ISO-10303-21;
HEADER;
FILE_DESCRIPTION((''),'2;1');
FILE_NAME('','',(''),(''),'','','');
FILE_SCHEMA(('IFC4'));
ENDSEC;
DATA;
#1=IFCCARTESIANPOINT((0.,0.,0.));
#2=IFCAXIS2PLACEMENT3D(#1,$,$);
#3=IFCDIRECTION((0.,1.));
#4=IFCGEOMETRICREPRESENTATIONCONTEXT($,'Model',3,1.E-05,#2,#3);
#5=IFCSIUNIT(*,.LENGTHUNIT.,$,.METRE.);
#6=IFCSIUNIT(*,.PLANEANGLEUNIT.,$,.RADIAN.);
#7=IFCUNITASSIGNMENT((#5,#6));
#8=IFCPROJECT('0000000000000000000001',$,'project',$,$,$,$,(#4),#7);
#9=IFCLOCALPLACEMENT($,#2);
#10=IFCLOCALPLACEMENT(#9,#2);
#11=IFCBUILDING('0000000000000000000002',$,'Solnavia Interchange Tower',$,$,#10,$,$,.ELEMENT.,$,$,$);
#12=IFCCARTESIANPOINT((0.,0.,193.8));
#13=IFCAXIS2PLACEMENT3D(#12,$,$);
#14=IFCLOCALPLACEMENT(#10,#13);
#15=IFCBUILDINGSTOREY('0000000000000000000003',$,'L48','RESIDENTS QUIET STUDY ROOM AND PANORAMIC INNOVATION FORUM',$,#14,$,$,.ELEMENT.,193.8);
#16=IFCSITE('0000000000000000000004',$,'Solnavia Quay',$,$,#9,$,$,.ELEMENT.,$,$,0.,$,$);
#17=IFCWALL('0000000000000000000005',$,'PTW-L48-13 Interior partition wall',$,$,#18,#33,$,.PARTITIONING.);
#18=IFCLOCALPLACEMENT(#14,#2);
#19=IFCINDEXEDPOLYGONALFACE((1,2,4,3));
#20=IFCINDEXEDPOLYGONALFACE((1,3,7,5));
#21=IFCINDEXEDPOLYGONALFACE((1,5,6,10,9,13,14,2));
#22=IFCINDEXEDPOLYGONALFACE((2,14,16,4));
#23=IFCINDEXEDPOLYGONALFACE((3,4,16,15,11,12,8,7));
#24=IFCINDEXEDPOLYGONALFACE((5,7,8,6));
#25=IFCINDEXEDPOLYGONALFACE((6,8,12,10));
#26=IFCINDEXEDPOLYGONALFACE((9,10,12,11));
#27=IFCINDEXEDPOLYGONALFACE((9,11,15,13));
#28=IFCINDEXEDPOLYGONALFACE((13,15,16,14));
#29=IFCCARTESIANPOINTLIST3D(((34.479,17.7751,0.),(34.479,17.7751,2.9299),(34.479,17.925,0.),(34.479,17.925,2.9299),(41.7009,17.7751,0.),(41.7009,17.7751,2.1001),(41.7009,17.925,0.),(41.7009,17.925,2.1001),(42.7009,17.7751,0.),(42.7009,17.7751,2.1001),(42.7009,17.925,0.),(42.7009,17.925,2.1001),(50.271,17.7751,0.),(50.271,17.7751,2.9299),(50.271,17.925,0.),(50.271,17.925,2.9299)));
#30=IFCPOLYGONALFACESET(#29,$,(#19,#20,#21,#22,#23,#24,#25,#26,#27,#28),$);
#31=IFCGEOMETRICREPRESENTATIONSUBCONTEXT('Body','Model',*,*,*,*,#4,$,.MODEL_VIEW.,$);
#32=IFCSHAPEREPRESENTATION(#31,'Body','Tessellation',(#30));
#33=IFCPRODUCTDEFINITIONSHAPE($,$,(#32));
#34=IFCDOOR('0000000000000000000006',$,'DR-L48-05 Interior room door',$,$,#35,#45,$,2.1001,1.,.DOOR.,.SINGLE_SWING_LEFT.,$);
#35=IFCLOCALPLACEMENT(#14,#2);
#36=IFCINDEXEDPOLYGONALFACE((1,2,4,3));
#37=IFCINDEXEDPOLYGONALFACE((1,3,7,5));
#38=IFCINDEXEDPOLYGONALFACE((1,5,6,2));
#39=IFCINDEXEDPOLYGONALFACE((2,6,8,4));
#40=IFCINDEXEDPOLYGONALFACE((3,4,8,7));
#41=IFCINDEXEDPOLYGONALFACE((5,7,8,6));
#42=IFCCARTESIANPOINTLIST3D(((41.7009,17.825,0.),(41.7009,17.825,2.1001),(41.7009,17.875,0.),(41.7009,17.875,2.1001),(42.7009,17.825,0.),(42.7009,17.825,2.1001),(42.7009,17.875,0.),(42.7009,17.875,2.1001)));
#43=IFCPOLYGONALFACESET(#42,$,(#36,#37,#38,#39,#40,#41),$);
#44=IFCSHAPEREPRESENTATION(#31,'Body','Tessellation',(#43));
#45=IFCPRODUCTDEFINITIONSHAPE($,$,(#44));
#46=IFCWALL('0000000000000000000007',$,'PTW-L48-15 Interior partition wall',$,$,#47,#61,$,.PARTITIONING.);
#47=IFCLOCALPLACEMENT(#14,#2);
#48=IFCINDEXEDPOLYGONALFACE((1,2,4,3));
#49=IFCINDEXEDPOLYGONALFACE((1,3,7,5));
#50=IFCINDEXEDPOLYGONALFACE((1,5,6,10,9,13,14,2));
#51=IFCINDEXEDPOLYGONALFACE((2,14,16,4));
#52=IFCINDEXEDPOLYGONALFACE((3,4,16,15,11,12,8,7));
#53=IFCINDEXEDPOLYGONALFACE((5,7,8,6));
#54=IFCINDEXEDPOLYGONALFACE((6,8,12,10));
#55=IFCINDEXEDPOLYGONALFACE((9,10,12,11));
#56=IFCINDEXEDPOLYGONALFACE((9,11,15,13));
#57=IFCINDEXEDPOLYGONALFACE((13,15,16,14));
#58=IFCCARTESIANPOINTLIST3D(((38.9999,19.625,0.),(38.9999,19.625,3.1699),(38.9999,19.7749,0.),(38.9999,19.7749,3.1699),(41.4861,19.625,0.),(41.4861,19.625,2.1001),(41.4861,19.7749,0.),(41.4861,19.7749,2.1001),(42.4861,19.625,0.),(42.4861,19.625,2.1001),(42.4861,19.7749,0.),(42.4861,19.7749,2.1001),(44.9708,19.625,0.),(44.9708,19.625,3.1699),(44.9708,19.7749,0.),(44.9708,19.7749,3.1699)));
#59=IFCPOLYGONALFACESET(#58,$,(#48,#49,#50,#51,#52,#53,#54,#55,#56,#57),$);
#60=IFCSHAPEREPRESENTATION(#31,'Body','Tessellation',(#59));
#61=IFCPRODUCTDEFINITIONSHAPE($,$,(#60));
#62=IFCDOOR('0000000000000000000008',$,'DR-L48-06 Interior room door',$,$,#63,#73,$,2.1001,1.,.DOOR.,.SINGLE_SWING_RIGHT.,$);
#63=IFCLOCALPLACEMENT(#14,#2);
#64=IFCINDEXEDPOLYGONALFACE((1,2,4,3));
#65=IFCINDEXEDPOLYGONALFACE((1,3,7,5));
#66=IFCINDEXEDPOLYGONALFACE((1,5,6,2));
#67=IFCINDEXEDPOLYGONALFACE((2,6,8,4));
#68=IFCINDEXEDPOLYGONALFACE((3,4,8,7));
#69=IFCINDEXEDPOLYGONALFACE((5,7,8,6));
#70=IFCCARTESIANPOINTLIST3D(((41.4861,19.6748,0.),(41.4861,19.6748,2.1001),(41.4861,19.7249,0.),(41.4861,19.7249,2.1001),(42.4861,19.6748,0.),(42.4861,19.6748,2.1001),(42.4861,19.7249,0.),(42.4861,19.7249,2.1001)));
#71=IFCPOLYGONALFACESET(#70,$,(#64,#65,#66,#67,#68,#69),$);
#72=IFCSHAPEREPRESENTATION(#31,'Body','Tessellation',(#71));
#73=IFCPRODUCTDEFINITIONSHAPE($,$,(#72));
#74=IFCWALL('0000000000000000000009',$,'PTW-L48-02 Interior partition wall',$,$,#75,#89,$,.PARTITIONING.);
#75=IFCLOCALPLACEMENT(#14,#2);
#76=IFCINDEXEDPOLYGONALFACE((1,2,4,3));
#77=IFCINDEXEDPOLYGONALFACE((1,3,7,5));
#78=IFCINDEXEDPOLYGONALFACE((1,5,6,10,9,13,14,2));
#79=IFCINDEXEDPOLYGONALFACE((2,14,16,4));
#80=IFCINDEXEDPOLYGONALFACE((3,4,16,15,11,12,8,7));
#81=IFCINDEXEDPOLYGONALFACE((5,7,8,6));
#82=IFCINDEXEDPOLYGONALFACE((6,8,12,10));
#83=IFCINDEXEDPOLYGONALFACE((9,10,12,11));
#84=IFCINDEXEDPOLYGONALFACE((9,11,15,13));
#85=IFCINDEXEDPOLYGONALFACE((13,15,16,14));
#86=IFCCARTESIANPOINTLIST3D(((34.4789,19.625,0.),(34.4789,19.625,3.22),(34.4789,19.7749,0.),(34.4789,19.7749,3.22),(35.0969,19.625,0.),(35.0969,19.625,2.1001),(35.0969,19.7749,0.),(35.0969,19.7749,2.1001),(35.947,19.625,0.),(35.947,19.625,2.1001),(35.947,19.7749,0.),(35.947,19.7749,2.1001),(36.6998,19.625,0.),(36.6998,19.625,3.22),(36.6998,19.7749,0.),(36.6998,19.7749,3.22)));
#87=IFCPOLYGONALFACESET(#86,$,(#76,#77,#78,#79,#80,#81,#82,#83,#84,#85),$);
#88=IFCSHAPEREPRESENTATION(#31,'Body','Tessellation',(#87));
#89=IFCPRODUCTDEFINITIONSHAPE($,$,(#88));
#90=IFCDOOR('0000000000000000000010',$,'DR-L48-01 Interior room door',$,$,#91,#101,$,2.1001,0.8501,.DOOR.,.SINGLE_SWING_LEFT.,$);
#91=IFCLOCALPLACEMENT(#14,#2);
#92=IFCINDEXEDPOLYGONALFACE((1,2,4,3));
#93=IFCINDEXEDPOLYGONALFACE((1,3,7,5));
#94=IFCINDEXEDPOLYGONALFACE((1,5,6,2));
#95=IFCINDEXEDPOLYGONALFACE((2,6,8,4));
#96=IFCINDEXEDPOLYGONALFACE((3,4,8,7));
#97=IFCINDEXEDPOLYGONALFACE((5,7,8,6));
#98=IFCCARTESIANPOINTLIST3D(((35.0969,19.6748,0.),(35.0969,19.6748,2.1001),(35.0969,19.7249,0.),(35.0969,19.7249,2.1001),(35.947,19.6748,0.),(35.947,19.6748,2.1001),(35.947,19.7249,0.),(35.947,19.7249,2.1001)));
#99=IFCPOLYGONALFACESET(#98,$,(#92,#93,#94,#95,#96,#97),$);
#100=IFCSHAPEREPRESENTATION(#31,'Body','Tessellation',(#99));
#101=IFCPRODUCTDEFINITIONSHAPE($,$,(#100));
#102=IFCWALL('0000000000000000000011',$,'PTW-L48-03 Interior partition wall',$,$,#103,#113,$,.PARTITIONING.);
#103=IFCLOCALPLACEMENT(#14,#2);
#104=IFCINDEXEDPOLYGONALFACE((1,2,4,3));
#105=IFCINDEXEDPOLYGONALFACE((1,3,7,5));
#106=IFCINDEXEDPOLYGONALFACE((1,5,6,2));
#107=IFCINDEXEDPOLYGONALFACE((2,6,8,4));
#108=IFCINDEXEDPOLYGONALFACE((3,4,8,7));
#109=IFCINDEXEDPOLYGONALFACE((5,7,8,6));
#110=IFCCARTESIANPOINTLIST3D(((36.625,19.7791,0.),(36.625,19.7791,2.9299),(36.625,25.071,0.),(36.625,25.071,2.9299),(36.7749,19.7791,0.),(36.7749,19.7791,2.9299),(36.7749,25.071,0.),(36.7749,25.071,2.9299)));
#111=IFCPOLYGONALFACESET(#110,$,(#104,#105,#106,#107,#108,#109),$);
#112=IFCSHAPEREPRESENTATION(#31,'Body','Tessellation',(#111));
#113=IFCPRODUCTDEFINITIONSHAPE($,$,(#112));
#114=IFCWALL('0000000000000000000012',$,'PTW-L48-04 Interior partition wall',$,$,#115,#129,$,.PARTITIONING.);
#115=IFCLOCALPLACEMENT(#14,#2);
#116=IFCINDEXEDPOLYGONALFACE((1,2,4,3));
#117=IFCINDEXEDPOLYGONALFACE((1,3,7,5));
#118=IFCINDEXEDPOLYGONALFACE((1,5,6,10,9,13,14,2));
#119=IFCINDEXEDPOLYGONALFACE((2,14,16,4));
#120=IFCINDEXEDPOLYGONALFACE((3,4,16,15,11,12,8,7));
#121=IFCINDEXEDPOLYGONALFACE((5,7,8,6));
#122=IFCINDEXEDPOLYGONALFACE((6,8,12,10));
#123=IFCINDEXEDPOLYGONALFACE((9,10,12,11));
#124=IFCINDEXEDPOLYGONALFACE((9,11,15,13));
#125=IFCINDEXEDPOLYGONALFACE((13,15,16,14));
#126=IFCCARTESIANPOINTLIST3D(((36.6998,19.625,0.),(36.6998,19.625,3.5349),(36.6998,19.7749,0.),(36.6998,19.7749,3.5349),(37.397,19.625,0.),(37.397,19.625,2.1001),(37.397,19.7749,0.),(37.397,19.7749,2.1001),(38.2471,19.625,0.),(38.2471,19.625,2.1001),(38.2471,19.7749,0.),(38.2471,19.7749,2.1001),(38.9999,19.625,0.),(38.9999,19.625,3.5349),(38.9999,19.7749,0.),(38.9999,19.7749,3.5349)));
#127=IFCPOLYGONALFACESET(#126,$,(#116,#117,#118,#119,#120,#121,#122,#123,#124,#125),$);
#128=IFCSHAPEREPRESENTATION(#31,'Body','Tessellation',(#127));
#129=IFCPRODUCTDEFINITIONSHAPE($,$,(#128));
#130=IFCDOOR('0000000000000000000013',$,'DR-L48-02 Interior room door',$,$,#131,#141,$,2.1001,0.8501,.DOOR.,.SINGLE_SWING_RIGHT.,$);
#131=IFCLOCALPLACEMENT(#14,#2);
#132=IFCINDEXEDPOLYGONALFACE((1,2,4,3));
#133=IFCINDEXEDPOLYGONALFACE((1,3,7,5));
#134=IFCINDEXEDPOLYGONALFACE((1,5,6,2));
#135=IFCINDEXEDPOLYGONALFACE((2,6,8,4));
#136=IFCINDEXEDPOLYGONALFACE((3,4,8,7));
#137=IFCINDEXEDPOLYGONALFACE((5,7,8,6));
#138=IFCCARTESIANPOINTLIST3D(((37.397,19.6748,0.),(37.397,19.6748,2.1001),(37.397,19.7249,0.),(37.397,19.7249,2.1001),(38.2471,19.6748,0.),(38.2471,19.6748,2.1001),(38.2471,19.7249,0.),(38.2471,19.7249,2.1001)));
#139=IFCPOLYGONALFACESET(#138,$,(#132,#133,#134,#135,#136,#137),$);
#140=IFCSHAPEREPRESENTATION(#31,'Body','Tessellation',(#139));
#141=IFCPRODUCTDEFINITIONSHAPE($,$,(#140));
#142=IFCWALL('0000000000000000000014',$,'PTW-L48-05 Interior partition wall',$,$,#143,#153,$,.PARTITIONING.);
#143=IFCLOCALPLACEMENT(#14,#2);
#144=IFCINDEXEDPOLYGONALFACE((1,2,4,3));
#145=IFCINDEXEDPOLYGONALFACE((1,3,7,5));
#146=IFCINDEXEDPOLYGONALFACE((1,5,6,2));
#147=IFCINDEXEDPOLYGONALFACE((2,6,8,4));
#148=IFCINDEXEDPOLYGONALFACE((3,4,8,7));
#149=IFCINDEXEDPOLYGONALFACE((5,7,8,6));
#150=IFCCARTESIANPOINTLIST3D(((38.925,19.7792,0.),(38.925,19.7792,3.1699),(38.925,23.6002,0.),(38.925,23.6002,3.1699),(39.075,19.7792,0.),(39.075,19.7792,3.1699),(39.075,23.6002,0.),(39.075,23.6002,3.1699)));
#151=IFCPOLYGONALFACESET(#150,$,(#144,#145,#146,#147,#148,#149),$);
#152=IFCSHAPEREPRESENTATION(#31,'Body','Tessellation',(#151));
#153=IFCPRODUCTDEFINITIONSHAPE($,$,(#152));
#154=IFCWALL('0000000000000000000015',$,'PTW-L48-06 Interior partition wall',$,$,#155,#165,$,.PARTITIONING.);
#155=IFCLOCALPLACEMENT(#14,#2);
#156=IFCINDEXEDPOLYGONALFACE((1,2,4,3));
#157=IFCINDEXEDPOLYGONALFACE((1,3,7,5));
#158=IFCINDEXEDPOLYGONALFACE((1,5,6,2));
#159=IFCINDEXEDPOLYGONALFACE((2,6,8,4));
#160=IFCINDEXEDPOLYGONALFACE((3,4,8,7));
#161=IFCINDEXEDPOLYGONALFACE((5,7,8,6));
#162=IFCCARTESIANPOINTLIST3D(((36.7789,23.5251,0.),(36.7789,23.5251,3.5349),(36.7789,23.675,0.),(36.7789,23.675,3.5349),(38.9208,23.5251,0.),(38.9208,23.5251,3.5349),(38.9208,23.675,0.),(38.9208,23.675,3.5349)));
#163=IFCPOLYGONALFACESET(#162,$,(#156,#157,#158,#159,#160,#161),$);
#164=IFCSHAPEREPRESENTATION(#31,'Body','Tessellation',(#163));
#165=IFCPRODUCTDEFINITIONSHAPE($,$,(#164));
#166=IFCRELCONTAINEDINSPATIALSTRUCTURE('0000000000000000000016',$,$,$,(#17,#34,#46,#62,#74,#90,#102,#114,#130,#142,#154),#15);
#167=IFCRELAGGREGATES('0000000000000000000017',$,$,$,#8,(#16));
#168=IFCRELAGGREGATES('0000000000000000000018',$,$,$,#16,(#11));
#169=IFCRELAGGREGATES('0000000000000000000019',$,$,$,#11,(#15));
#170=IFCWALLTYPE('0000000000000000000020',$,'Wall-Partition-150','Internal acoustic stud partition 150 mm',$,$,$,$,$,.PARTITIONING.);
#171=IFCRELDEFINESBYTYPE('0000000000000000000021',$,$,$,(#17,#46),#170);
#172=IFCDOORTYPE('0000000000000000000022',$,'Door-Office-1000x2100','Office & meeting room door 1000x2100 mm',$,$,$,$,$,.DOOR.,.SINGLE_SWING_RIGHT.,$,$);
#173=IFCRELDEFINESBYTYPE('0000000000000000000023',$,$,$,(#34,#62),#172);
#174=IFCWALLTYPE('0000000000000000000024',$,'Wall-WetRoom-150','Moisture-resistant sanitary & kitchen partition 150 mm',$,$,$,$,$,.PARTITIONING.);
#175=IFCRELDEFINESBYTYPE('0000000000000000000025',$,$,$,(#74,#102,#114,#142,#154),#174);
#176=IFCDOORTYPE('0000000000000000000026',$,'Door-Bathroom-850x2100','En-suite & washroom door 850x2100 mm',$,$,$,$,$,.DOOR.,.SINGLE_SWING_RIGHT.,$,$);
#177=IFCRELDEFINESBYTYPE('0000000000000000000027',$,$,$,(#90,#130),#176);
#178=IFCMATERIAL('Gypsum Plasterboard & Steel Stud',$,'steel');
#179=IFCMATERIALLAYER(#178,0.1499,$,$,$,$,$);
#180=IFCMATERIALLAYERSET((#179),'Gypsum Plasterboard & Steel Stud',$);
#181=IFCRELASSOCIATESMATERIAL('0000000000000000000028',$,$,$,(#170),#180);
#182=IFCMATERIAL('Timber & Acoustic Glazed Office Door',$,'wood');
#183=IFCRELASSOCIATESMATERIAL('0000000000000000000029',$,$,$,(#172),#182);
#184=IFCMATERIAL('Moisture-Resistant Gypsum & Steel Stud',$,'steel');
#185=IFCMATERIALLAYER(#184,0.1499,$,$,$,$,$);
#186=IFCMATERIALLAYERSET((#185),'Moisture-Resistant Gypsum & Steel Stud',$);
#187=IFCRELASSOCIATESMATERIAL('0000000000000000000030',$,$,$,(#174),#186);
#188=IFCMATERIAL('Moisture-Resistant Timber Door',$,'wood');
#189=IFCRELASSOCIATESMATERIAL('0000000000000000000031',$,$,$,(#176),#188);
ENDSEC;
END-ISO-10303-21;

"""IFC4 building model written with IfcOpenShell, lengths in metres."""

from ifc_helpers import new_model, si_unit, direction, frame, frame_2d, origin, place, context, subcontext, project, spatial, rectangle, extrude, material, layer, layer_set, type_object, element, fill, save


model = new_model("IFC4")

# Units and contexts
model_context = context("Model", 3, precision=1e-05, world=origin(), true_north=direction((0.0, 1.0)))
body_context = subcontext(model_context, "Body", "Model", "MODEL_VIEW")
ifc_project = project(units=[si_unit("LENGTHUNIT", "METRE"), si_unit("PLANEANGLEUNIT", "RADIAN")], contexts=[model_context])

# Site, building, storey
site_placement = place(None, origin())
site = spatial("IfcSite", under=ifc_project, at=site_placement, Name="Solnavia Quay", CompositionType="ELEMENT", RefElevation=0.0)
building_placement = place(site_placement, origin())
building = spatial("IfcBuilding", under=site, at=building_placement, Name="Solnavia Interchange Tower", CompositionType="ELEMENT")
storey_placement = place(building_placement, frame((0.0, 0.0, 193.8)))
storey = spatial("IfcBuildingStorey", under=building, at=storey_placement, Name="L48", Description="RESIDENTS QUIET STUDY ROOM AND PANORAMIC INNOVATION FORUM", CompositionType="ELEMENT", Elevation=193.8)

# Walls, openings, doors
ifc_material_1 = material(Name="Gypsum Plasterboard & Steel Stud", Category="steel")
ifc_layer_1 = layer(ifc_material_1, 0.1499)
ifc_layer_set_1 = layer_set([ifc_layer_1], Name="Gypsum Plasterboard & Steel Stud")
wall_type_1 = type_object("IfcWallType", Name="Wall-Partition-150", Description="Internal acoustic stud partition 150 mm", PredefinedType="PARTITIONING", material=ifc_layer_set_1)
wall_1_placement = place(storey_placement, frame((34.479, 17.8501, 0.0), z_axis=(0.0, 0.0, 1.0), x_axis=(1.0, 0.0, 0.0)))
wall_1 = element("IfcWall", 1, at=wall_1_placement, inside=storey, type_object=wall_type_1, Name="PTW-L48-13 Interior partition wall", PredefinedType="PARTITIONING", context=body_context, shape_type="SweptSolid", body=[
    extrude(rectangle(XDim=15.792, YDim=0.1499, at=frame_2d((7.896, 0.0))), origin(), (0.0, 0.0, 1.0), 2.9299),
])
opening_1_placement = place(wall_1_placement, frame((7.2219, 0.0, 0.0)))
opening_1 = element("IfcOpeningElement", 2, at=opening_1_placement, cuts=wall_1, PredefinedType="OPENING", context=body_context, shape_type="SweptSolid", body=[
    extrude(rectangle(XDim=1.0, YDim=2.1001, at=frame_2d((0.5, 1.05))), frame((0.0, 0.085, 0.0), z_axis=(0.0, -1.0, 0.0), x_axis=(1.0, 0.0, 0.0)), (0.0, 0.0, 1.0), 0.1699),
])
ifc_material_2 = material(Name="Timber & Acoustic Glazed Office Door", Category="wood")
door_type_1 = type_object("IfcDoorType", Name="Door-Office-1000x2100", Description="Office & meeting room door 1000x2100 mm", OperationType="SINGLE_SWING_RIGHT", PredefinedType="DOOR", material=ifc_material_2)
door_1_placement = place(opening_1_placement, origin())
door_1 = element("IfcDoor", 3, at=door_1_placement, inside=storey, type_object=door_type_1, Name="DR-L48-05 Interior room door", OperationType="SINGLE_SWING_LEFT", OverallHeight=2.1001, OverallWidth=1.0, PredefinedType="DOOR", context=body_context, shape_type="SweptSolid", body=[
    extrude(rectangle(XDim=1.0, YDim=2.1001, at=frame_2d((0.5, 1.05))), frame((0.0, 0.0249, 0.0), z_axis=(0.0, -1.0, 0.0), x_axis=(1.0, 0.0, 0.0)), (0.0, 0.0, 1.0), 0.05),
])
fill(opening_1, door_1)
wall_2_placement = place(storey_placement, frame((39.0, 19.7, 0.0), z_axis=(0.0, 0.0, 1.0), x_axis=(1.0, 0.0, 0.0)))
wall_2 = element("IfcWall", 4, at=wall_2_placement, inside=storey, type_object=wall_type_1, Name="PTW-L48-15 Interior partition wall", PredefinedType="PARTITIONING", context=body_context, shape_type="SweptSolid", body=[
    extrude(rectangle(XDim=5.9709, YDim=0.1499, at=frame_2d((2.9854, 0.0))), origin(), (0.0, 0.0, 1.0), 3.1699),
])
opening_2_placement = place(wall_2_placement, frame((2.4861, 0.0, 0.0)))
opening_2 = element("IfcOpeningElement", 5, at=opening_2_placement, cuts=wall_2, PredefinedType="OPENING", context=body_context, shape_type="SweptSolid", body=[
    extrude(rectangle(XDim=1.0, YDim=2.1001, at=frame_2d((0.5, 1.05))), frame((0.0, 0.085, 0.0), z_axis=(0.0, -1.0, 0.0), x_axis=(1.0, 0.0, 0.0)), (0.0, 0.0, 1.0), 0.1699),
])
door_2_placement = place(opening_2_placement, origin())
door_2 = element("IfcDoor", 6, at=door_2_placement, inside=storey, type_object=door_type_1, Name="DR-L48-06 Interior room door", OperationType="SINGLE_SWING_RIGHT", OverallHeight=2.1001, OverallWidth=1.0, PredefinedType="DOOR", context=body_context, shape_type="SweptSolid", body=[
    extrude(rectangle(XDim=1.0, YDim=2.1001, at=frame_2d((0.5, 1.05))), frame((0.0, 0.0249, 0.0), z_axis=(0.0, -1.0, 0.0), x_axis=(1.0, 0.0, 0.0)), (0.0, 0.0, 1.0), 0.05),
])
fill(opening_2, door_2)
ifc_material_3 = material(Name="Moisture-Resistant Gypsum & Steel Stud", Category="steel")
ifc_layer_2 = layer(ifc_material_3, 0.1499)
ifc_layer_set_2 = layer_set([ifc_layer_2], Name="Moisture-Resistant Gypsum & Steel Stud")
wall_type_2 = type_object("IfcWallType", Name="Wall-WetRoom-150", Description="Moisture-resistant sanitary & kitchen partition 150 mm", PredefinedType="PARTITIONING", material=ifc_layer_set_2)
wall_3_placement = place(storey_placement, frame((34.479, 19.7, 0.0), z_axis=(0.0, 0.0, 1.0), x_axis=(1.0, 0.0, 0.0)))
wall_3 = element("IfcWall", 7, at=wall_3_placement, inside=storey, type_object=wall_type_2, Name="PTW-L48-02 Interior partition wall", PredefinedType="PARTITIONING", context=body_context, shape_type="SweptSolid", body=[
    extrude(rectangle(XDim=2.2209, YDim=0.1499, at=frame_2d((1.1104, 0.0))), origin(), (0.0, 0.0, 1.0), 3.22),
])
opening_3_placement = place(wall_3_placement, frame((0.6179, 0.0, 0.0)))
opening_3 = element("IfcOpeningElement", 8, at=opening_3_placement, cuts=wall_3, PredefinedType="OPENING", context=body_context, shape_type="SweptSolid", body=[
    extrude(rectangle(XDim=0.8501, YDim=2.1001, at=frame_2d((0.425, 1.05))), frame((0.0, 0.085, 0.0), z_axis=(0.0, -1.0, 0.0), x_axis=(1.0, 0.0, 0.0)), (0.0, 0.0, 1.0), 0.1699),
])
ifc_material_4 = material(Name="Moisture-Resistant Timber Door", Category="wood")
door_type_2 = type_object("IfcDoorType", Name="Door-Bathroom-850x2100", Description="En-suite & washroom door 850x2100 mm", OperationType="SINGLE_SWING_RIGHT", PredefinedType="DOOR", material=ifc_material_4)
door_3_placement = place(opening_3_placement, origin())
door_3 = element("IfcDoor", 9, at=door_3_placement, inside=storey, type_object=door_type_2, Name="DR-L48-01 Interior room door", OperationType="SINGLE_SWING_LEFT", OverallHeight=2.1001, OverallWidth=0.8501, PredefinedType="DOOR", context=body_context, shape_type="SweptSolid", body=[
    extrude(rectangle(XDim=0.8501, YDim=2.1001, at=frame_2d((0.425, 1.05))), frame((0.0, 0.0249, 0.0), z_axis=(0.0, -1.0, 0.0), x_axis=(1.0, 0.0, 0.0)), (0.0, 0.0, 1.0), 0.05),
])
fill(opening_3, door_3)

# Wall
wall_4_placement = place(storey_placement, frame((36.7, 19.7791, 0.0), z_axis=(0.0, 0.0, 1.0), x_axis=(0.0, 1.0, 0.0)))
element("IfcWall", 10, at=wall_4_placement, inside=storey, type_object=wall_type_2, Name="PTW-L48-03 Interior partition wall", PredefinedType="PARTITIONING", context=body_context, shape_type="SweptSolid", body=[
    extrude(rectangle(XDim=5.292, YDim=0.1499, at=frame_2d((2.646, 0.0))), origin(), (0.0, 0.0, 1.0), 2.9299),
])

# Wall, opening, door
wall_5_placement = place(storey_placement, frame((36.7, 19.7, 0.0), z_axis=(0.0, 0.0, 1.0), x_axis=(1.0, 0.0, 0.0)))
wall_5 = element("IfcWall", 11, at=wall_5_placement, inside=storey, type_object=wall_type_2, Name="PTW-L48-04 Interior partition wall", PredefinedType="PARTITIONING", context=body_context, shape_type="SweptSolid", body=[
    extrude(rectangle(XDim=2.3, YDim=0.1499, at=frame_2d((1.1499, 0.0))), origin(), (0.0, 0.0, 1.0), 3.5349),
])
opening_4_placement = place(wall_5_placement, frame((0.697, 0.0, 0.0)))
opening_4 = element("IfcOpeningElement", 12, at=opening_4_placement, cuts=wall_5, PredefinedType="OPENING", context=body_context, shape_type="SweptSolid", body=[
    extrude(rectangle(XDim=0.8501, YDim=2.1001, at=frame_2d((0.425, 1.05))), frame((0.0, 0.085, 0.0), z_axis=(0.0, -1.0, 0.0), x_axis=(1.0, 0.0, 0.0)), (0.0, 0.0, 1.0), 0.1699),
])
door_4_placement = place(opening_4_placement, origin())
door_4 = element("IfcDoor", 13, at=door_4_placement, inside=storey, type_object=door_type_2, Name="DR-L48-02 Interior room door", OperationType="SINGLE_SWING_RIGHT", OverallHeight=2.1001, OverallWidth=0.8501, PredefinedType="DOOR", context=body_context, shape_type="SweptSolid", body=[
    extrude(rectangle(XDim=0.8501, YDim=2.1001, at=frame_2d((0.425, 1.05))), frame((0.0, 0.0249, 0.0), z_axis=(0.0, -1.0, 0.0), x_axis=(1.0, 0.0, 0.0)), (0.0, 0.0, 1.0), 0.05),
])
fill(opening_4, door_4)

# Walls
wall_6_placement = place(storey_placement, frame((39.0, 19.7791, 0.0), z_axis=(0.0, 0.0, 1.0), x_axis=(0.0, 1.0, 0.0)))
element("IfcWall", 14, at=wall_6_placement, inside=storey, type_object=wall_type_2, Name="PTW-L48-05 Interior partition wall", PredefinedType="PARTITIONING", context=body_context, shape_type="SweptSolid", body=[
    extrude(rectangle(XDim=3.821, YDim=0.1499, at=frame_2d((1.9106, 0.0))), origin(), (0.0, 0.0, 1.0), 3.1699),
])
wall_7_placement = place(storey_placement, frame((36.7791, 23.6001, 0.0), z_axis=(0.0, 0.0, 1.0), x_axis=(1.0, 0.0, 0.0)))
element("IfcWall", 15, at=wall_7_placement, inside=storey, type_object=wall_type_2, Name="PTW-L48-06 Interior partition wall", PredefinedType="PARTITIONING", context=body_context, shape_type="SweptSolid", body=[
    extrude(rectangle(XDim=2.1418, YDim=0.1499, at=frame_2d((1.0708, 0.0))), origin(), (0.0, 0.0, 1.0), 3.5349),
])

save(model, "model.ifc")
